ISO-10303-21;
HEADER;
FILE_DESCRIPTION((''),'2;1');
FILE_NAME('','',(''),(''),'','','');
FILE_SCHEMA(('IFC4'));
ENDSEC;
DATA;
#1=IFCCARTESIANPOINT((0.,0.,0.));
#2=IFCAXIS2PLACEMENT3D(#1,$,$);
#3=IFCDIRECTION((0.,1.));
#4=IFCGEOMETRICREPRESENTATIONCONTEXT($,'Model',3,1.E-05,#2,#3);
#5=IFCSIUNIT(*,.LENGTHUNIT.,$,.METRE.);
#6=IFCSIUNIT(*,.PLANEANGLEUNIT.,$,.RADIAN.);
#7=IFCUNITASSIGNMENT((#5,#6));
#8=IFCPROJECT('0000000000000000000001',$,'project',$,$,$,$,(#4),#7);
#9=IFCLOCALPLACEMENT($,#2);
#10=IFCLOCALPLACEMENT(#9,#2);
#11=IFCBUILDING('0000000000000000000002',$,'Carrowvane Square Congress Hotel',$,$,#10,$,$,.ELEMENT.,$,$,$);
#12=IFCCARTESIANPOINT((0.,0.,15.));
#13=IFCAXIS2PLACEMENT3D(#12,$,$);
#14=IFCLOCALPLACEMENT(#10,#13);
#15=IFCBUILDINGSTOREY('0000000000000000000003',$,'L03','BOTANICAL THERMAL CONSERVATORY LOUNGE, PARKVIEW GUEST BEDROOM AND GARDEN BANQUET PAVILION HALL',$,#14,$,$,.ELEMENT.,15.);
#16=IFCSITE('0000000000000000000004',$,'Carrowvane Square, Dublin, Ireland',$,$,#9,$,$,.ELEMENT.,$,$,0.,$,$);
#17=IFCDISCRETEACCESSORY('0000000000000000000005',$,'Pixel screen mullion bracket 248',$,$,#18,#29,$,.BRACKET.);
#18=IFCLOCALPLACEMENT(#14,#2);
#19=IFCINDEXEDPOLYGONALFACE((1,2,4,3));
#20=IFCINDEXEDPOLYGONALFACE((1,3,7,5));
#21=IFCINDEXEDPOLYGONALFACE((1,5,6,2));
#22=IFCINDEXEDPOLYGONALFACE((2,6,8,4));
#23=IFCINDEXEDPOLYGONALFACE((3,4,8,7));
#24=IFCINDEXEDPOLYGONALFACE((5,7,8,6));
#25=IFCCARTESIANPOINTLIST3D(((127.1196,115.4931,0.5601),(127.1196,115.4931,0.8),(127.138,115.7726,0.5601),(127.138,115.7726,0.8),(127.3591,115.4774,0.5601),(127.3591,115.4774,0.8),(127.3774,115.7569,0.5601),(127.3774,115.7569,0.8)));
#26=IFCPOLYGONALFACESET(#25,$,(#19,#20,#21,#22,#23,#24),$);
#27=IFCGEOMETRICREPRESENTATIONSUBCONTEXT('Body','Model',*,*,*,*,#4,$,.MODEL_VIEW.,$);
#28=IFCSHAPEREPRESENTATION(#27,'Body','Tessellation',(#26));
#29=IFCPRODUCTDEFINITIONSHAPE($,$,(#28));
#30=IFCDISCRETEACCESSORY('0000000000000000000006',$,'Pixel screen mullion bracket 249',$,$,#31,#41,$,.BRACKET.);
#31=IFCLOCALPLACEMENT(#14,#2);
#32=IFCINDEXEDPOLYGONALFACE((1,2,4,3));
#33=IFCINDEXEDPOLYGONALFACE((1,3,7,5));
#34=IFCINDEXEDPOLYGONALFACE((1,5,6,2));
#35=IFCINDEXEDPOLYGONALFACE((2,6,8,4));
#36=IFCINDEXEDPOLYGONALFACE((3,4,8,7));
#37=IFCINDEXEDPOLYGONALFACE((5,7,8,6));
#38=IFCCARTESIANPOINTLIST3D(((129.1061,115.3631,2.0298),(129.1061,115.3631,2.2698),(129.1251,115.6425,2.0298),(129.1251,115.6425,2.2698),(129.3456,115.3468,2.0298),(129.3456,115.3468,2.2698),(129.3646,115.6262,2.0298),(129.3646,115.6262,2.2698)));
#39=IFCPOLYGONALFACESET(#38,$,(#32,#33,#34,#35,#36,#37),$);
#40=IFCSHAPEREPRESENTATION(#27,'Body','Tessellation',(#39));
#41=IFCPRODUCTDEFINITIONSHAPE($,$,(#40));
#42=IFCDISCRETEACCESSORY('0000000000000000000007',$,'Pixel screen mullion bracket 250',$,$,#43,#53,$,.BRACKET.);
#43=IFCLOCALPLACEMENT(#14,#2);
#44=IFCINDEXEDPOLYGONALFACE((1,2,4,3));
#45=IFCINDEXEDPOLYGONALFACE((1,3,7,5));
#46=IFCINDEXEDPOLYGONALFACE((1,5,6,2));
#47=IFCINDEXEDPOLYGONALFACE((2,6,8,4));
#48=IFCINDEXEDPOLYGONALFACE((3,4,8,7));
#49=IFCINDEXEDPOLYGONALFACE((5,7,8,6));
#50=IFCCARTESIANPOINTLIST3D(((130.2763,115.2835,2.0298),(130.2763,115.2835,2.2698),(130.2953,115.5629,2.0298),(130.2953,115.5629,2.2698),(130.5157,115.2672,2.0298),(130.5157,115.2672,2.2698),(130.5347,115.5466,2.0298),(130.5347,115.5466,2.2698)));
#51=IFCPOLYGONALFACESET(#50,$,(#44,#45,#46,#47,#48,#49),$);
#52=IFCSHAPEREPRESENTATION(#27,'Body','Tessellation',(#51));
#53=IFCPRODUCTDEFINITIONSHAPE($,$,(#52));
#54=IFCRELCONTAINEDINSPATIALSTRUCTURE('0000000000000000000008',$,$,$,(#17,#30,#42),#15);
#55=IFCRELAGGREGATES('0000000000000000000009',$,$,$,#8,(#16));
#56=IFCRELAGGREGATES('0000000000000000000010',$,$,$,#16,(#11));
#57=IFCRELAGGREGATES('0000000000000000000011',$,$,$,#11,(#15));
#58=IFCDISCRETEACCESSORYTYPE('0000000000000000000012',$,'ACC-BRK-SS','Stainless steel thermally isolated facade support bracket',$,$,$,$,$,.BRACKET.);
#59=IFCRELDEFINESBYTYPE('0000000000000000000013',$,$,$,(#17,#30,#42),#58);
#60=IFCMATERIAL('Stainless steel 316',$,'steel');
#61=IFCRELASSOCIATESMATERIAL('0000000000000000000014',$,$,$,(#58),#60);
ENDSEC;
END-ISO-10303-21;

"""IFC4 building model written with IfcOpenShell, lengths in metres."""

from ifc_helpers import new_model, si_unit, direction, frame, origin, origin_2d, place, context, subcontext, project, spatial, rectangle, extrude, material, type_object, element, save


model = new_model("IFC4")

# Units and contexts
model_context = context("Model", 3, precision=1e-05, world=origin(), true_north=direction((0.0, 1.0)))
body_context = subcontext(model_context, "Body", "Model", "MODEL_VIEW")
ifc_project = project(units=[si_unit("LENGTHUNIT", "METRE"), si_unit("PLANEANGLEUNIT", "RADIAN")], contexts=[model_context])

# Site, building, storey
site_placement = place(None, origin())
site = spatial("IfcSite", under=ifc_project, at=site_placement, Name="Carrowvane Square, Dublin, Ireland", CompositionType="ELEMENT", RefElevation=0.0)
building_placement = place(site_placement, origin())
building = spatial("IfcBuilding", under=site, at=building_placement, Name="Carrowvane Square Congress Hotel", CompositionType="ELEMENT")
storey_placement = place(building_placement, frame((0.0, 0.0, 15.0)))
storey = spatial("IfcBuildingStorey", under=building, at=storey_placement, Name="L03", Description="BOTANICAL THERMAL CONSERVATORY LOUNGE, PARKVIEW GUEST BEDROOM AND GARDEN BANQUET PAVILION HALL", CompositionType="ELEMENT", Elevation=15.0)

# Discrete accessories
ifc_material_1 = material(Name="Stainless steel 316", Category="steel")
discrete_accessory_type = type_object("IfcDiscreteAccessoryType", Name="ACC-BRK-SS", Description="Stainless steel thermally isolated facade support bracket", PredefinedType="BRACKET", material=ifc_material_1)
for number, where, z_axis, x_axis, name in (
    (1, (127.2485, 115.625, 0.5601), (0.0, 0.0, 1.0), (0.997858, -0.065413, 0.0), "Pixel screen mullion bracket 248"),
    (2, (129.2354, 115.4946, 2.0298), (0.0, 0.0, 1.0), (0.997694, -0.067866, 0.0), "Pixel screen mullion bracket 249"),
    (3, (130.4055, 115.415, 2.0298), (0.0, 0.0, 1.0), (0.997694, -0.067866, 0.0), "Pixel screen mullion bracket 250"),
):
    element("IfcDiscreteAccessory", number, at=place(storey_placement, frame(where, z_axis=z_axis, x_axis=x_axis)), inside=storey, type_object=discrete_accessory_type, Name=name, PredefinedType="BRACKET", context=body_context, shape_type="SweptSolid", body=[
        extrude(rectangle(XDim=0.24, YDim=0.28, at=origin_2d()), origin(), (0.0, 0.0, 1.0), 0.24),
    ])

save(model, "model.ifc")
